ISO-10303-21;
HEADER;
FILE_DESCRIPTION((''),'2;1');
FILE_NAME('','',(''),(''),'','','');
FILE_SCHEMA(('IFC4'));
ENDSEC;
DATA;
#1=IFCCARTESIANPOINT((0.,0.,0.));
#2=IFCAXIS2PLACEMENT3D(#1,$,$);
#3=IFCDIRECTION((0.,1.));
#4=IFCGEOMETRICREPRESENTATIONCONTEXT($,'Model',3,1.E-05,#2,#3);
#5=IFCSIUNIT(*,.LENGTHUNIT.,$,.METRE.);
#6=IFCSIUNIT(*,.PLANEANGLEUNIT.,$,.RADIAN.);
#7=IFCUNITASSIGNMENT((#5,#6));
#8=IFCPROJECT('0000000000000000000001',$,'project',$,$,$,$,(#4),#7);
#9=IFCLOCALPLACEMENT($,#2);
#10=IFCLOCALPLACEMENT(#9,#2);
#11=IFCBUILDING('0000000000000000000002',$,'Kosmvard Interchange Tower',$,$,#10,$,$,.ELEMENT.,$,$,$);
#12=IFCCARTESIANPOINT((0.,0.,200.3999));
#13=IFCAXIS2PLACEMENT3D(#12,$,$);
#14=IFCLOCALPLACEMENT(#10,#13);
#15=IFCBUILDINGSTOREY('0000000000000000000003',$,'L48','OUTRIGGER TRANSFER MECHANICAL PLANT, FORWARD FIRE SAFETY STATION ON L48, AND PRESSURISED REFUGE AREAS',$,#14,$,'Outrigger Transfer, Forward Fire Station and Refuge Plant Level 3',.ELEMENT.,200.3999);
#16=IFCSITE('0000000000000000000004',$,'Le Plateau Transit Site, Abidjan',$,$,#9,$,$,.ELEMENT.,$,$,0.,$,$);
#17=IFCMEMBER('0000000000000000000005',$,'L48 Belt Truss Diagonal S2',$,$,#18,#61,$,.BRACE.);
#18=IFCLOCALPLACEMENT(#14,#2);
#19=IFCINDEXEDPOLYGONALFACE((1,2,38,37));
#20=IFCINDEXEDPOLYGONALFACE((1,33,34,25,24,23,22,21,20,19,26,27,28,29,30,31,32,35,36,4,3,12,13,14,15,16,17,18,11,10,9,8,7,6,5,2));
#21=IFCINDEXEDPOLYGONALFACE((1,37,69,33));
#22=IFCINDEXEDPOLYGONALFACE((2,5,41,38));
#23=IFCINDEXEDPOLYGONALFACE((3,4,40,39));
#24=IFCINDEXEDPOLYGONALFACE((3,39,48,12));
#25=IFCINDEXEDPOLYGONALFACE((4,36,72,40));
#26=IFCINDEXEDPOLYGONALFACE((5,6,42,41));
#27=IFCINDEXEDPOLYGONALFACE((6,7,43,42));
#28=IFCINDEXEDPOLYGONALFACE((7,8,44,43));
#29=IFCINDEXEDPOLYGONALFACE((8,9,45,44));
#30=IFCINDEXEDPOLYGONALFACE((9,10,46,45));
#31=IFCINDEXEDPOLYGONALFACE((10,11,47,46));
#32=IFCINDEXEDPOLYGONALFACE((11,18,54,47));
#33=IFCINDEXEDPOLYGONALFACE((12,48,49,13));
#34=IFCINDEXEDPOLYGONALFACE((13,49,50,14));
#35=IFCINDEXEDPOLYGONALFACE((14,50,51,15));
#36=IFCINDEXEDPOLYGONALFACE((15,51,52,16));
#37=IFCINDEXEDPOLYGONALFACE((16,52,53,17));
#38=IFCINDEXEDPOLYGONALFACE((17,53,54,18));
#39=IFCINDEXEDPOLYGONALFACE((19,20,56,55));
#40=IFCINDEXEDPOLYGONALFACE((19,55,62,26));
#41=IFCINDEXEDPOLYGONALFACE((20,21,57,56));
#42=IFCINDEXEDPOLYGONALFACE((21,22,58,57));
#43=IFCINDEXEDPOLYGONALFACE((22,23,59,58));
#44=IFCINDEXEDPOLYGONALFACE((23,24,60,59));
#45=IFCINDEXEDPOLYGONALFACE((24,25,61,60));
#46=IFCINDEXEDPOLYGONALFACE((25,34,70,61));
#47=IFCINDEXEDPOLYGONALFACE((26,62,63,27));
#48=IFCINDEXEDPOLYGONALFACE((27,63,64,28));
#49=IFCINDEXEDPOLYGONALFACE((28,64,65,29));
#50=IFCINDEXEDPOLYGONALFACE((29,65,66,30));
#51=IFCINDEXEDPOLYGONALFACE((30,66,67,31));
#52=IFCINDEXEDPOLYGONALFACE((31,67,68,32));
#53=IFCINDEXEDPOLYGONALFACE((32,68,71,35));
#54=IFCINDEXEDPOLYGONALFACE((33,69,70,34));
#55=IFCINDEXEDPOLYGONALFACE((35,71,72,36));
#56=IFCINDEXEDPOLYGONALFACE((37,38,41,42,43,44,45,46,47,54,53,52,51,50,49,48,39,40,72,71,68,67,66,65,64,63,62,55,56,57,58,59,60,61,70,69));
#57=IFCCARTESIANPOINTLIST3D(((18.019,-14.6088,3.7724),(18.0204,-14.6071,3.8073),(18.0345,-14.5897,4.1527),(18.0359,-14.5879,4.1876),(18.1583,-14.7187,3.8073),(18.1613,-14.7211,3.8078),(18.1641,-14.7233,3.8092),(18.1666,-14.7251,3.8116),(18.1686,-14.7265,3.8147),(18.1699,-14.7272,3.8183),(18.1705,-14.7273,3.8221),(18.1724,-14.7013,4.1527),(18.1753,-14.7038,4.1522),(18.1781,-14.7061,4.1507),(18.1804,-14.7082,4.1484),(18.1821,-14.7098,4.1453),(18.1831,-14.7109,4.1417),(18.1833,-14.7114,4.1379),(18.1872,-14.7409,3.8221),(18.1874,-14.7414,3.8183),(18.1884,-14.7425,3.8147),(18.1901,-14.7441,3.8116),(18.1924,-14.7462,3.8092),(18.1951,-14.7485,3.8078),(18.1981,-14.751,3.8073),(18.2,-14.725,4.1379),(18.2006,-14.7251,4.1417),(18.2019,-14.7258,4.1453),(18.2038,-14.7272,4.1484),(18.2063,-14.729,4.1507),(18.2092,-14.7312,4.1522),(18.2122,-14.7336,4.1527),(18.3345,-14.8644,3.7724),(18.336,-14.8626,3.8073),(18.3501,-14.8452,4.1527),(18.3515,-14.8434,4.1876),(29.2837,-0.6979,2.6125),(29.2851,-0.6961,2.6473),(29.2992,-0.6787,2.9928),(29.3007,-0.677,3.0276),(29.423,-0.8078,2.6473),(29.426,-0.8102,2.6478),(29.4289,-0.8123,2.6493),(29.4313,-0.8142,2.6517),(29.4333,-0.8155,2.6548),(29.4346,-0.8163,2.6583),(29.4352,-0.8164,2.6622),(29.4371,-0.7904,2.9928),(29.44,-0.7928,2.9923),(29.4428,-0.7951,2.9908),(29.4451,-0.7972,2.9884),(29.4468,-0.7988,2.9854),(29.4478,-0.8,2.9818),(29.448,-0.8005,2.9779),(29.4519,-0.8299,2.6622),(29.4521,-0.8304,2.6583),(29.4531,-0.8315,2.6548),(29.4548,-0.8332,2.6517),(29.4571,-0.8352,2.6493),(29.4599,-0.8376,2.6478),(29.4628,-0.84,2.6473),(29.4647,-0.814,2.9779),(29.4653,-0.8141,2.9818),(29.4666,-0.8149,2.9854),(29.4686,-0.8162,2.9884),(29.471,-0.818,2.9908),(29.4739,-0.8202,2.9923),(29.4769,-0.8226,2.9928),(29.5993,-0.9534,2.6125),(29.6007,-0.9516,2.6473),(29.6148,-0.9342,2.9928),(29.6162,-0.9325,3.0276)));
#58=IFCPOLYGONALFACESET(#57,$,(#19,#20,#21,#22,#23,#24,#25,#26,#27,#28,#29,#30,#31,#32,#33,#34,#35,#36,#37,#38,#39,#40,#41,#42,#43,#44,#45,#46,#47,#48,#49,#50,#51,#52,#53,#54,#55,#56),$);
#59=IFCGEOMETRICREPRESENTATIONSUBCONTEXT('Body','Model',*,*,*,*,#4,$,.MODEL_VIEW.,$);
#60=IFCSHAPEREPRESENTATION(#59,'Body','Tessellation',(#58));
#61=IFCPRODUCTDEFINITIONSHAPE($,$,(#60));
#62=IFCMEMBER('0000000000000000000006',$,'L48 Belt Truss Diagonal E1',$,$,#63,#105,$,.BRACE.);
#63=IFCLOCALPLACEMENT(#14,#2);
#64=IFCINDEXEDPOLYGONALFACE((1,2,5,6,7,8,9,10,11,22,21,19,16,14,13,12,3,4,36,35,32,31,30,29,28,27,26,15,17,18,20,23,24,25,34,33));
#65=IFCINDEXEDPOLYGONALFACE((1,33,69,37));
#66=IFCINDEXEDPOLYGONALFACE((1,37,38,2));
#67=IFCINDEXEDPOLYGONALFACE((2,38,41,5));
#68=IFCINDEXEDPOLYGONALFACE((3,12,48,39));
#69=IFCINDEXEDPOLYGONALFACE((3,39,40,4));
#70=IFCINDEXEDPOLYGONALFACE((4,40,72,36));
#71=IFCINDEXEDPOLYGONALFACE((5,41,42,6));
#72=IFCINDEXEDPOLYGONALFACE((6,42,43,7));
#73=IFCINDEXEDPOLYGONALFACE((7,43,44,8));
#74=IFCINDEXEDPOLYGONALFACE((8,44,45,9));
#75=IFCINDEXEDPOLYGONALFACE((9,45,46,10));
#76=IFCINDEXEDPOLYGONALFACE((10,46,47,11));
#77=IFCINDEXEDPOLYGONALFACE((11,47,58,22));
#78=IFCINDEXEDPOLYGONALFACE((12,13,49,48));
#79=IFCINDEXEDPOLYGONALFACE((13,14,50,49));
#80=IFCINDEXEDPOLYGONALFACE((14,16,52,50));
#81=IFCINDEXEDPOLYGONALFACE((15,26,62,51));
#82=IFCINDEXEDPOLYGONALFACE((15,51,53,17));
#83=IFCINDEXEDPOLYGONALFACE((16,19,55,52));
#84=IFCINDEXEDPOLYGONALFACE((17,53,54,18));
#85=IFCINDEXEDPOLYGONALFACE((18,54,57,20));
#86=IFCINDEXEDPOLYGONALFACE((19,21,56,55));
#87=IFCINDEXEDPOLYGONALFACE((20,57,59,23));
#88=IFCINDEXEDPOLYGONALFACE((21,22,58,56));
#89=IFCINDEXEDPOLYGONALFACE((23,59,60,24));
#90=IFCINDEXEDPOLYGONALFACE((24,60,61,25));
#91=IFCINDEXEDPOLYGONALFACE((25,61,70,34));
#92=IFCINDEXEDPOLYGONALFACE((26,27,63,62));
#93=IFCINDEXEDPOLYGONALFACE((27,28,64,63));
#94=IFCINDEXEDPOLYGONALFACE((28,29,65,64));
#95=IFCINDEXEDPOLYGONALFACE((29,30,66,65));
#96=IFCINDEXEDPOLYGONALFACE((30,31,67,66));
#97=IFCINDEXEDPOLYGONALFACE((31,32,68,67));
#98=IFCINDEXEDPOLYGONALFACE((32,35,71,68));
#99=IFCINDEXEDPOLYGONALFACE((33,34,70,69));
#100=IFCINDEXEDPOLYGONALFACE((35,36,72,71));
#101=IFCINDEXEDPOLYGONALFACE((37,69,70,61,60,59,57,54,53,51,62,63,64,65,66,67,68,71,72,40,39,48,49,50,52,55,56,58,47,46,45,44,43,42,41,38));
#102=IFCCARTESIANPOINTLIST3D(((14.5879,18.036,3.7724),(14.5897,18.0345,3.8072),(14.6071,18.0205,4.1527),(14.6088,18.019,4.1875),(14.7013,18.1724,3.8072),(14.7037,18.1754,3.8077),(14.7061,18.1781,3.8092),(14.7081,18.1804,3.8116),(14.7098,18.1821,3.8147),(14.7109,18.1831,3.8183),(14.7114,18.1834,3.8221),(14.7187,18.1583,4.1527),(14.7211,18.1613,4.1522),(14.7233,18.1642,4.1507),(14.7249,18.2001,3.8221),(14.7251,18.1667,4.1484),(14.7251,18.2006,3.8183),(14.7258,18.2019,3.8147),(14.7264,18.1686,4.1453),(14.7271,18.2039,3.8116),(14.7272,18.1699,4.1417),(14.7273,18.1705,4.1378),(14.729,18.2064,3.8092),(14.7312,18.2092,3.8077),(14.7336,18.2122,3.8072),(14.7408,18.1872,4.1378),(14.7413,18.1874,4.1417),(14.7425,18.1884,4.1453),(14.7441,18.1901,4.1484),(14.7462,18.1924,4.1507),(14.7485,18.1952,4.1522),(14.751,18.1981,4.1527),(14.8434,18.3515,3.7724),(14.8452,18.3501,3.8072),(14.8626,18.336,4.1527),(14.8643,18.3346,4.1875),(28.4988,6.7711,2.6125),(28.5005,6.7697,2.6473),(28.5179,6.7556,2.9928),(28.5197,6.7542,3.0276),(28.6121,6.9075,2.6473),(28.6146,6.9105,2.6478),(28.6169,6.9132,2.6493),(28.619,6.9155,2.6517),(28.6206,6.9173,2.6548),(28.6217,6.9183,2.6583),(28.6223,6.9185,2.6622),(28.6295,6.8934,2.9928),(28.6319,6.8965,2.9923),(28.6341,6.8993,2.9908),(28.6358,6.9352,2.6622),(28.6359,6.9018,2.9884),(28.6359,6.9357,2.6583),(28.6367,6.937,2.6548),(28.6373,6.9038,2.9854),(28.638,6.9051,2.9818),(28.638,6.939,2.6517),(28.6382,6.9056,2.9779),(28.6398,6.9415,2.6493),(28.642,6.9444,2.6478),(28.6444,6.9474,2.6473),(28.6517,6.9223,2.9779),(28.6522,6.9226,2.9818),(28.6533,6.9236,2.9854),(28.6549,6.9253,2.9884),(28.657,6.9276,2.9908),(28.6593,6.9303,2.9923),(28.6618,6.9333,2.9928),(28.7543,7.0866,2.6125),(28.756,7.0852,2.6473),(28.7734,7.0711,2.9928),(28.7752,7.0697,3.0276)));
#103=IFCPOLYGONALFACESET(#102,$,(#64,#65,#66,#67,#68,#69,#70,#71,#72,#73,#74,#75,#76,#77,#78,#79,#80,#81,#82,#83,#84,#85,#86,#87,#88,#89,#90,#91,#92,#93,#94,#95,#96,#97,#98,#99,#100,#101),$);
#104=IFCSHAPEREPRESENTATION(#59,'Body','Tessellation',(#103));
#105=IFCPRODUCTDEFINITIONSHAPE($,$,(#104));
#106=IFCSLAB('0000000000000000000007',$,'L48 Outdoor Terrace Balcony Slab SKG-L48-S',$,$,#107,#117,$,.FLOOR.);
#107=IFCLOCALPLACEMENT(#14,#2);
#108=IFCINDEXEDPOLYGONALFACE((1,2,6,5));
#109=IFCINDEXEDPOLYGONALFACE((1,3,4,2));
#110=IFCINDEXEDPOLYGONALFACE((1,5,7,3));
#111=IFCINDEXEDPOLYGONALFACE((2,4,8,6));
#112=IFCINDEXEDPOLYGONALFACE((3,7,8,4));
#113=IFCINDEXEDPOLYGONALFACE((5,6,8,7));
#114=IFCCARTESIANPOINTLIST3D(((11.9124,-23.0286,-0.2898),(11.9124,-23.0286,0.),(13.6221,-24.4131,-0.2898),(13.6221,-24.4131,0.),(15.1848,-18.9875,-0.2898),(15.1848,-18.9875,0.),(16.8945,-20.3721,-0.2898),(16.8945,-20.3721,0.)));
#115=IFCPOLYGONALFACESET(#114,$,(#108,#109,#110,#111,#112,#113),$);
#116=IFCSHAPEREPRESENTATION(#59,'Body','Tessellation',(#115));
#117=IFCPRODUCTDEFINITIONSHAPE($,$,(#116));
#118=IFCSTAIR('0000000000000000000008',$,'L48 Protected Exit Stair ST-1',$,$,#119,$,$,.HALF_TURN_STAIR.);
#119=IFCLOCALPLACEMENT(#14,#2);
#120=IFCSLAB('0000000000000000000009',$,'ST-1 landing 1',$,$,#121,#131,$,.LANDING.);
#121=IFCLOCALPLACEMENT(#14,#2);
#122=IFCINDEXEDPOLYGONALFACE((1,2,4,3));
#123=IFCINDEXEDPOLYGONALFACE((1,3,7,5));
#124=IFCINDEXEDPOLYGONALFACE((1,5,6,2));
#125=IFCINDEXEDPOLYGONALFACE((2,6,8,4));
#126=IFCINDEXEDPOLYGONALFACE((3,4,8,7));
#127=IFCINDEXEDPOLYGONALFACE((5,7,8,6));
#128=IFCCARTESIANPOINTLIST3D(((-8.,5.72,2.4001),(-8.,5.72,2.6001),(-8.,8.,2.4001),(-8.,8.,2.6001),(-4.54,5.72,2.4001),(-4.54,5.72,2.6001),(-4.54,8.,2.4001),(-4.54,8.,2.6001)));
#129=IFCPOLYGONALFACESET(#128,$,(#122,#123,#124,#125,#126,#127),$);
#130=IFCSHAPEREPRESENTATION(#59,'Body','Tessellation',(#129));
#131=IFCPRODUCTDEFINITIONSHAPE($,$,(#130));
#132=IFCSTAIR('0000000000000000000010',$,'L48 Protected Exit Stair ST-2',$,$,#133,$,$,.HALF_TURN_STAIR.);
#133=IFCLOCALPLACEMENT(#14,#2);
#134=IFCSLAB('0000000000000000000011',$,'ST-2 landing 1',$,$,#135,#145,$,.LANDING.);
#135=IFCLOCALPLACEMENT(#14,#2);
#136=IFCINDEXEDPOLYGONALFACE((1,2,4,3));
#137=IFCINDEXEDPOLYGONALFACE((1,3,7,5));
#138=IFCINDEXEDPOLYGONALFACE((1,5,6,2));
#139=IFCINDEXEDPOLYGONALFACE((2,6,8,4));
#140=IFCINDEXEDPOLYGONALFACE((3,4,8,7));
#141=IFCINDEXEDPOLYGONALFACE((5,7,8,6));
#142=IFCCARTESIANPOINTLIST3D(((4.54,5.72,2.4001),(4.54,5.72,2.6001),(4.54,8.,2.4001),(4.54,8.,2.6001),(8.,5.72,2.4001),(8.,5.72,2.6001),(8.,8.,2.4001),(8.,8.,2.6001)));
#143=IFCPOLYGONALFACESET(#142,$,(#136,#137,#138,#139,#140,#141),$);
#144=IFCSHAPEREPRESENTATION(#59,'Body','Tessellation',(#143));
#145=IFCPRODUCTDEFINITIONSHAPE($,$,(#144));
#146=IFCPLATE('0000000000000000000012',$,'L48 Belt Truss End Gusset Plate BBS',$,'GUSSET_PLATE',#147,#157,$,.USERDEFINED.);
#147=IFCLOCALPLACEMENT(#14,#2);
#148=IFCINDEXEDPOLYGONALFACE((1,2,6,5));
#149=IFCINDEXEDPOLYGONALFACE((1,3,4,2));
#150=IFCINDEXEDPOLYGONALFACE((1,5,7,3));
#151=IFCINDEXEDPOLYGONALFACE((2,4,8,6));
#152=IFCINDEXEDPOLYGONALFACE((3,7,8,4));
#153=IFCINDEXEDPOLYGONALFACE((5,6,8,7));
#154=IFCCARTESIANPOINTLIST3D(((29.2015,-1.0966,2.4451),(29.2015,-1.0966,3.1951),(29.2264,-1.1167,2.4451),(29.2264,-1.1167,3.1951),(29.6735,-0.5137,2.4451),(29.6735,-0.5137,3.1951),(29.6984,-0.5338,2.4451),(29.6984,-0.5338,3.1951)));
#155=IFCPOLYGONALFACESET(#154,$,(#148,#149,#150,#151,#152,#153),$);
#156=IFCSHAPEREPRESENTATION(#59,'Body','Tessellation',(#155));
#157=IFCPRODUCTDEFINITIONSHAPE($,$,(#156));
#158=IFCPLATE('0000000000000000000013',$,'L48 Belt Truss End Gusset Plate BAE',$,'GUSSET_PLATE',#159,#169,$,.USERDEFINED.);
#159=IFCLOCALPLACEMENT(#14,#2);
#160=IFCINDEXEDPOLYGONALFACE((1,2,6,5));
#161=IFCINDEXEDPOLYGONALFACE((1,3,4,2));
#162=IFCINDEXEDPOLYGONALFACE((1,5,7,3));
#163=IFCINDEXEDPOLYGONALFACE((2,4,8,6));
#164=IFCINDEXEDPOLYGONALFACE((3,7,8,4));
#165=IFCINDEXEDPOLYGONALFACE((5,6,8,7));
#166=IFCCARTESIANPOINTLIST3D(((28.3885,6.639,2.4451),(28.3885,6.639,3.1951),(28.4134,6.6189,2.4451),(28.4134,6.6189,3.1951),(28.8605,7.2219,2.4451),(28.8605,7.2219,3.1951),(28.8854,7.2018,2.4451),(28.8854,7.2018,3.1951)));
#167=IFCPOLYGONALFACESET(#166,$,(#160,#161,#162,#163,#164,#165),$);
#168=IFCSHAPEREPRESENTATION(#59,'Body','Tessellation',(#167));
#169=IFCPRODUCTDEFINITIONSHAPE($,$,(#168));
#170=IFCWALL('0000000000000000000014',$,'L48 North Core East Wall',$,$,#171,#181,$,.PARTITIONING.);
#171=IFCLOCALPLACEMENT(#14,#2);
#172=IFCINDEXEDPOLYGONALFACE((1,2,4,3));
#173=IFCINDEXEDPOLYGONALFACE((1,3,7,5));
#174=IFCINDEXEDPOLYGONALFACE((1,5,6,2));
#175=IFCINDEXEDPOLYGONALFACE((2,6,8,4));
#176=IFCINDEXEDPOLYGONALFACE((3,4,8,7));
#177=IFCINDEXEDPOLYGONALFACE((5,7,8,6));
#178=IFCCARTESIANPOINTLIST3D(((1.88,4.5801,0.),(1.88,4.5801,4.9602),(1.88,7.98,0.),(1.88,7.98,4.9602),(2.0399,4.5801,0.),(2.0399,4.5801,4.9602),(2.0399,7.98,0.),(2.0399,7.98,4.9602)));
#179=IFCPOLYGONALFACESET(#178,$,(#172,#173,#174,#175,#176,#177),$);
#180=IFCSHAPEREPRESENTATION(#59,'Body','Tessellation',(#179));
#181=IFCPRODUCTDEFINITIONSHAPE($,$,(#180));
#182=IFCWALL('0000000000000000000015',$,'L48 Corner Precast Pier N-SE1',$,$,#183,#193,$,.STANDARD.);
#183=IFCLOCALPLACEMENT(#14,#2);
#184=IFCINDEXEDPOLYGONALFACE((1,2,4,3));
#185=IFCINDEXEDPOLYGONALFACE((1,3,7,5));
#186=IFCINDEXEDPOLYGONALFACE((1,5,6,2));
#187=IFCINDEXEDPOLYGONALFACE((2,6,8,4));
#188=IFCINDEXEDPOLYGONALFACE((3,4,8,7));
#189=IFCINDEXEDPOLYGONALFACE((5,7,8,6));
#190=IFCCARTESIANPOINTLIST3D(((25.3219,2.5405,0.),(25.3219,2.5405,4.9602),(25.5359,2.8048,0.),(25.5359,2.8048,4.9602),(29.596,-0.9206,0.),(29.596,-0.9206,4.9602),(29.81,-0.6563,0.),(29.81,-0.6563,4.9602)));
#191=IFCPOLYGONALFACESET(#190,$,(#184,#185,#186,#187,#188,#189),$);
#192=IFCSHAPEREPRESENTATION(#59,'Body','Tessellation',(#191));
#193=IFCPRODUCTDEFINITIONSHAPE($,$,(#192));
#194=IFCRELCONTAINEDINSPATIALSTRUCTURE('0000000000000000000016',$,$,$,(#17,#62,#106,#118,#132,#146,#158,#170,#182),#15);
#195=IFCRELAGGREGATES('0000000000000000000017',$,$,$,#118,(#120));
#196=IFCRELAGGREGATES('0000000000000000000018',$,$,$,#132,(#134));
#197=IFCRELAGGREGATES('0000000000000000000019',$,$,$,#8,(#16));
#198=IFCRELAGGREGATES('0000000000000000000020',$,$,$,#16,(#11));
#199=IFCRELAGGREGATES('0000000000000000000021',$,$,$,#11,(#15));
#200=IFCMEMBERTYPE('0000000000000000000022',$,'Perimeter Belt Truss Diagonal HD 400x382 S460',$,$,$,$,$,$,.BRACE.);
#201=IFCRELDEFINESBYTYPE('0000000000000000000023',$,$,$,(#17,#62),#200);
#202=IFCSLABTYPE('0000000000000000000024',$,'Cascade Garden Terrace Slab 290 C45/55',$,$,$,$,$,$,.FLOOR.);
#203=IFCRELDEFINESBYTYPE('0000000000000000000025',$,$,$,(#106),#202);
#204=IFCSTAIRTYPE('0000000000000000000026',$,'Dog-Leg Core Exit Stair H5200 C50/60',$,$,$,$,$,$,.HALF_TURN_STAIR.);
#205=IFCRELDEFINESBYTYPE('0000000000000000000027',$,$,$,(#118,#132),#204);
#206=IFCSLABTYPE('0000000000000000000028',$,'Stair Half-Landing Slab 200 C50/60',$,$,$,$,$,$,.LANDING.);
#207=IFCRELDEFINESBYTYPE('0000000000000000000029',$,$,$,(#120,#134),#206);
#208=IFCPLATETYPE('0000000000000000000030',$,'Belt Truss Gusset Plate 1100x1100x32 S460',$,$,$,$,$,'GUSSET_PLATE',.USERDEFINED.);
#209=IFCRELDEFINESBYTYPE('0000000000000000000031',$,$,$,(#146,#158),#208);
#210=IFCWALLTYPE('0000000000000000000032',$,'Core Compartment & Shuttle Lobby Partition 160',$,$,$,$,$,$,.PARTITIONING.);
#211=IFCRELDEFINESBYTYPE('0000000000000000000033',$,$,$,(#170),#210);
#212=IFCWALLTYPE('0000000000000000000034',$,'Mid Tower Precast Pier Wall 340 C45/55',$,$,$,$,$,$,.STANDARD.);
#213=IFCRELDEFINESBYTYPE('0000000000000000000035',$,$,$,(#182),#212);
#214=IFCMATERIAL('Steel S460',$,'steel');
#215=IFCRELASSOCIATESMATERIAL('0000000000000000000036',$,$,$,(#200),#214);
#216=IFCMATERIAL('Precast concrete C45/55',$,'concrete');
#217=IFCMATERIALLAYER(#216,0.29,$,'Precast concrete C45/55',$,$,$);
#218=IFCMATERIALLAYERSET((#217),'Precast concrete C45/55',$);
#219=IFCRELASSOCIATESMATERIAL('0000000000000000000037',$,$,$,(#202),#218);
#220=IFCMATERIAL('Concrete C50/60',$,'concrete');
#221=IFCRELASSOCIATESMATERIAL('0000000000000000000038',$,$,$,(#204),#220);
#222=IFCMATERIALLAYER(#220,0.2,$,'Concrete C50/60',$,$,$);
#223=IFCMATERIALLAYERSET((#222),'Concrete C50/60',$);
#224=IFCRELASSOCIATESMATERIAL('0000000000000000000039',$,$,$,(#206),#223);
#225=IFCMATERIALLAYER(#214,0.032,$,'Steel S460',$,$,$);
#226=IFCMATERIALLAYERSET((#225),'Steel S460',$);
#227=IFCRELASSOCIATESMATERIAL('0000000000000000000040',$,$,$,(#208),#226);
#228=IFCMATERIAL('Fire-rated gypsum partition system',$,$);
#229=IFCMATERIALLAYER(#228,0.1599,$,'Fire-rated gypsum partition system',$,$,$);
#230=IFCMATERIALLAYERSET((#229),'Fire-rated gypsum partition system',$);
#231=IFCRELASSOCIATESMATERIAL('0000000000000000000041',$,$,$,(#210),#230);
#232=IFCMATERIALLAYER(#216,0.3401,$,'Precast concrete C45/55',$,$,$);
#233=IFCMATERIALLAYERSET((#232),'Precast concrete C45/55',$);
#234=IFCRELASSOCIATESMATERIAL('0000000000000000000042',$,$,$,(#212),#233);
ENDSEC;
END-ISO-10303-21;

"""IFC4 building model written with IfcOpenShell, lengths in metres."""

from ifc_helpers import new_model, si_unit, direction, frame, frame_2d, origin, origin_2d, place, context, subcontext, project, spatial, polyline, rectangle, i_section, outline, extrude, source, transform, mapped, material, layer, layer_set, material_profile, profile_set, type_object, element, aggregate, save


model = new_model("IFC4")

# Units and contexts
model_context = context("Model", 3, precision=1e-05, world=origin(), true_north=direction((0.0, 1.0)))
body_context = subcontext(model_context, "Body", "Model", "MODEL_VIEW")
ifc_project = project(units=[si_unit("LENGTHUNIT", "METRE"), si_unit("PLANEANGLEUNIT", "RADIAN")], contexts=[model_context])

# Site, building, storey
site_placement = place(None, origin())
site = spatial("IfcSite", under=ifc_project, at=site_placement, Name="Le Plateau Transit Site, Abidjan", CompositionType="ELEMENT", RefElevation=0.0)
building_placement = place(site_placement, origin())
building = spatial("IfcBuilding", under=site, at=building_placement, Name="Kosmvard Interchange Tower", CompositionType="ELEMENT")
storey_placement = place(building_placement, frame((0.0, 0.0, 200.3999)))
storey = spatial("IfcBuildingStorey", under=building, at=storey_placement, Name="L48", Description="OUTRIGGER TRANSFER MECHANICAL PLANT, FORWARD FIRE SAFETY STATION ON L48, AND PRESSURISED REFUGE AREAS", LongName="Outrigger Transfer, Forward Fire Station and Refuge Plant Level 3", CompositionType="ELEMENT", Elevation=200.3999)

# Shared definitions
ifc_material_1 = material(Name="Concrete C50/60", Category="concrete")

# Members
ifc_material_2 = material(Name="Steel S460", Category="steel")
ifc_material_profile_1 = material_profile(ifc_material_2, i_section(OverallWidth=0.406, OverallDepth=0.416, WebThickness=0.0215, FlangeThickness=0.0349, FilletRadius=0.0149, at=origin_2d()), Name="HD 400x382")
ifc_profile_set_1 = profile_set([ifc_material_profile_1], Name="Steel S460")
member_type_1 = type_object("IfcMemberType", Name="Perimeter Belt Truss Diagonal HD 400x382 S460", PredefinedType="BRACE", material=ifc_profile_set_1)
shared_shape_1 = source(origin(), body_context, "Body", "SweptSolid", [
    extrude(i_section(OverallWidth=0.406, OverallDepth=0.416, WebThickness=0.0215, FlangeThickness=0.0349, FilletRadius=0.0149, at=origin_2d()), origin(), (0.0, 0.0, 1.0), 17.9375),
])
for number, where, z_axis, x_axis, name in (
    (1, (29.45, -0.8152, 2.8201), (-0.627998, -0.775524, 0.064664), (0.777151, -0.629315, 0.0), "L48 Belt Truss Diagonal S2"),
    (2, (28.637, 6.9204, 2.8201), (-0.775517, 0.628006, 0.064664), (-0.629323, -0.777144, 0.0), "L48 Belt Truss Diagonal E1"),
):
    element("IfcMember", number, at=place(storey_placement, frame(where, z_axis=z_axis, x_axis=x_axis)), inside=storey, type_object=member_type_1, Name=name, PredefinedType="BRACE", context=body_context, shape_type="MappedRepresentation", body=[
        mapped(shared_shape_1, transform((0.0, 0.0, 0.0), scale=1.0)),
    ])

# Slab
ifc_material_3 = material(Name="Precast concrete C45/55", Category="concrete")
ifc_layer_1 = layer(ifc_material_3, 0.29, Name="Precast concrete C45/55")
ifc_layer_set_1 = layer_set([ifc_layer_1], Name="Precast concrete C45/55")
slab_type_1 = type_object("IfcSlabType", Name="Cascade Garden Terrace Slab 290 C45/55", PredefinedType="FLOOR", material=ifc_layer_set_1)
slab_1_placement = place(storey_placement, frame((0.0, 0.0, -0.2898)))
element("IfcSlab", 3, at=slab_1_placement, inside=storey, type_object=slab_type_1, Name="L48 Outdoor Terrace Balcony Slab SKG-L48-S", PredefinedType="FLOOR", context=body_context, shape_type="SweptSolid", body=[
    extrude(outline(polyline([(13.6221, -24.4131), (16.8945, -20.3721), (15.1848, -18.9875), (11.9124, -23.0286), (13.6221, -24.4131)])), origin(), (0.0, 0.0, 1.0), 0.2898),
])

# Stairs, slabs
stair_type = type_object("IfcStairType", Name="Dog-Leg Core Exit Stair H5200 C50/60", PredefinedType="HALF_TURN_STAIR", material=ifc_material_1)
stair_1_placement = place(storey_placement, origin())
stair_1 = element("IfcStair", 4, at=stair_1_placement, inside=storey, type_object=stair_type, Name="L48 Protected Exit Stair ST-1", PredefinedType="HALF_TURN_STAIR")
ifc_layer_2 = layer(ifc_material_1, 0.2, Name="Concrete C50/60")
ifc_layer_set_2 = layer_set([ifc_layer_2], Name="Concrete C50/60")
slab_type_2 = type_object("IfcSlabType", Name="Stair Half-Landing Slab 200 C50/60", PredefinedType="LANDING", material=ifc_layer_set_2)
slab_2_placement = place(storey_placement, frame((0.0, 0.0, 2.4001)))
slab_2 = element("IfcSlab", 5, at=slab_2_placement, type_object=slab_type_2, Name="ST-1 landing 1", PredefinedType="LANDING", context=body_context, shape_type="SweptSolid", body=[
    extrude(outline(polyline([(-4.54, 5.72), (-4.54, 8.0), (-8.0, 8.0), (-8.0, 5.72), (-4.54, 5.72)])), origin(), (0.0, 0.0, 1.0), 0.2),
])
aggregate(stair_1, [slab_2])
stair_2_placement = place(storey_placement, origin())
stair_2 = element("IfcStair", 6, at=stair_2_placement, inside=storey, type_object=stair_type, Name="L48 Protected Exit Stair ST-2", PredefinedType="HALF_TURN_STAIR")
slab_3_placement = place(storey_placement, frame((0.0, 0.0, 2.4001)))
slab_3 = element("IfcSlab", 7, at=slab_3_placement, type_object=slab_type_2, Name="ST-2 landing 1", PredefinedType="LANDING", context=body_context, shape_type="SweptSolid", body=[
    extrude(outline(polyline([(8.0, 5.72), (8.0, 8.0), (4.54, 8.0), (4.54, 5.72), (8.0, 5.72)])), origin(), (0.0, 0.0, 1.0), 0.2),
])

# Plates
ifc_layer_3 = layer(ifc_material_2, 0.032, Name="Steel S460")
ifc_layer_set_3 = layer_set([ifc_layer_3], Name="Steel S460")
plate_type = type_object("IfcPlateType", Name="Belt Truss Gusset Plate 1100x1100x32 S460", ElementType="GUSSET_PLATE", PredefinedType="USERDEFINED", material=ifc_layer_set_3)
shared_shape_2 = source(origin(), body_context, "Body", "SweptSolid", [
    extrude(rectangle(XDim=0.75, YDim=0.032, at=origin_2d()), origin(), (0.0, 0.0, 1.0), 0.75),
])
for number, where, z_axis, x_axis, name in (
    (8, (29.45, -0.8152, 2.4451), (0.0, 0.0, 1.0), (0.62932, 0.777146, 0.0), "L48 Belt Truss End Gusset Plate BBS"),
    (9, (28.637, 6.9204, 2.4451), (0.0, 0.0, 1.0), (0.62932, 0.777146, 0.0), "L48 Belt Truss End Gusset Plate BAE"),
):
    element("IfcPlate", number, at=place(storey_placement, frame(where, z_axis=z_axis, x_axis=x_axis)), inside=storey, type_object=plate_type, Name=name, ObjectType="GUSSET_PLATE", PredefinedType="USERDEFINED", context=body_context, shape_type="MappedRepresentation", body=[
        mapped(shared_shape_2, transform((0.0, 0.0, 0.0), scale=1.0)),
    ])

# Walls
ifc_material_4 = material(Name="Fire-rated gypsum partition system")
ifc_layer_4 = layer(ifc_material_4, 0.1599, Name="Fire-rated gypsum partition system")
ifc_layer_set_4 = layer_set([ifc_layer_4], Name="Fire-rated gypsum partition system")
wall_type_1 = type_object("IfcWallType", Name="Core Compartment & Shuttle Lobby Partition 160", PredefinedType="PARTITIONING", material=ifc_layer_set_4)
wall_1_placement = place(storey_placement, frame((1.96, 4.5801, 0.0), z_axis=(0.0, 0.0, 1.0), x_axis=(0.0, 1.0, 0.0)))
element("IfcWall", 10, at=wall_1_placement, inside=storey, type_object=wall_type_1, Name="L48 North Core East Wall", PredefinedType="PARTITIONING", context=body_context, shape_type="SweptSolid", body=[
    extrude(rectangle(XDim=3.3999, YDim=0.1599, at=frame_2d((1.7, 0.0))), origin(), (0.0, 0.0, 1.0), 4.9602),
])
ifc_layer_5 = layer(ifc_material_3, 0.3401, Name="Precast concrete C45/55")
ifc_layer_set_5 = layer_set([ifc_layer_5], Name="Precast concrete C45/55")
wall_type_2 = type_object("IfcWallType", Name="Mid Tower Precast Pier Wall 340 C45/55", PredefinedType="STANDARD", material=ifc_layer_set_5)
wall_2_placement = place(storey_placement, frame((29.7031, -0.7886, 0.0), z_axis=(0.0, 0.0, 1.0), x_axis=(-0.777144, 0.629323, 0.0)))
element("IfcWall", 11, at=wall_2_placement, inside=storey, type_object=wall_type_2, Name="L48 Corner Precast Pier N-SE1", PredefinedType="STANDARD", context=body_context, shape_type="SweptSolid", body=[
    extrude(rectangle(XDim=5.4998, YDim=0.3401, at=frame_2d((2.75, 0.0))), origin(), (0.0, 0.0, 1.0), 4.9602),
])

aggregate(stair_2, [slab_3])

save(model, "model.ifc")
